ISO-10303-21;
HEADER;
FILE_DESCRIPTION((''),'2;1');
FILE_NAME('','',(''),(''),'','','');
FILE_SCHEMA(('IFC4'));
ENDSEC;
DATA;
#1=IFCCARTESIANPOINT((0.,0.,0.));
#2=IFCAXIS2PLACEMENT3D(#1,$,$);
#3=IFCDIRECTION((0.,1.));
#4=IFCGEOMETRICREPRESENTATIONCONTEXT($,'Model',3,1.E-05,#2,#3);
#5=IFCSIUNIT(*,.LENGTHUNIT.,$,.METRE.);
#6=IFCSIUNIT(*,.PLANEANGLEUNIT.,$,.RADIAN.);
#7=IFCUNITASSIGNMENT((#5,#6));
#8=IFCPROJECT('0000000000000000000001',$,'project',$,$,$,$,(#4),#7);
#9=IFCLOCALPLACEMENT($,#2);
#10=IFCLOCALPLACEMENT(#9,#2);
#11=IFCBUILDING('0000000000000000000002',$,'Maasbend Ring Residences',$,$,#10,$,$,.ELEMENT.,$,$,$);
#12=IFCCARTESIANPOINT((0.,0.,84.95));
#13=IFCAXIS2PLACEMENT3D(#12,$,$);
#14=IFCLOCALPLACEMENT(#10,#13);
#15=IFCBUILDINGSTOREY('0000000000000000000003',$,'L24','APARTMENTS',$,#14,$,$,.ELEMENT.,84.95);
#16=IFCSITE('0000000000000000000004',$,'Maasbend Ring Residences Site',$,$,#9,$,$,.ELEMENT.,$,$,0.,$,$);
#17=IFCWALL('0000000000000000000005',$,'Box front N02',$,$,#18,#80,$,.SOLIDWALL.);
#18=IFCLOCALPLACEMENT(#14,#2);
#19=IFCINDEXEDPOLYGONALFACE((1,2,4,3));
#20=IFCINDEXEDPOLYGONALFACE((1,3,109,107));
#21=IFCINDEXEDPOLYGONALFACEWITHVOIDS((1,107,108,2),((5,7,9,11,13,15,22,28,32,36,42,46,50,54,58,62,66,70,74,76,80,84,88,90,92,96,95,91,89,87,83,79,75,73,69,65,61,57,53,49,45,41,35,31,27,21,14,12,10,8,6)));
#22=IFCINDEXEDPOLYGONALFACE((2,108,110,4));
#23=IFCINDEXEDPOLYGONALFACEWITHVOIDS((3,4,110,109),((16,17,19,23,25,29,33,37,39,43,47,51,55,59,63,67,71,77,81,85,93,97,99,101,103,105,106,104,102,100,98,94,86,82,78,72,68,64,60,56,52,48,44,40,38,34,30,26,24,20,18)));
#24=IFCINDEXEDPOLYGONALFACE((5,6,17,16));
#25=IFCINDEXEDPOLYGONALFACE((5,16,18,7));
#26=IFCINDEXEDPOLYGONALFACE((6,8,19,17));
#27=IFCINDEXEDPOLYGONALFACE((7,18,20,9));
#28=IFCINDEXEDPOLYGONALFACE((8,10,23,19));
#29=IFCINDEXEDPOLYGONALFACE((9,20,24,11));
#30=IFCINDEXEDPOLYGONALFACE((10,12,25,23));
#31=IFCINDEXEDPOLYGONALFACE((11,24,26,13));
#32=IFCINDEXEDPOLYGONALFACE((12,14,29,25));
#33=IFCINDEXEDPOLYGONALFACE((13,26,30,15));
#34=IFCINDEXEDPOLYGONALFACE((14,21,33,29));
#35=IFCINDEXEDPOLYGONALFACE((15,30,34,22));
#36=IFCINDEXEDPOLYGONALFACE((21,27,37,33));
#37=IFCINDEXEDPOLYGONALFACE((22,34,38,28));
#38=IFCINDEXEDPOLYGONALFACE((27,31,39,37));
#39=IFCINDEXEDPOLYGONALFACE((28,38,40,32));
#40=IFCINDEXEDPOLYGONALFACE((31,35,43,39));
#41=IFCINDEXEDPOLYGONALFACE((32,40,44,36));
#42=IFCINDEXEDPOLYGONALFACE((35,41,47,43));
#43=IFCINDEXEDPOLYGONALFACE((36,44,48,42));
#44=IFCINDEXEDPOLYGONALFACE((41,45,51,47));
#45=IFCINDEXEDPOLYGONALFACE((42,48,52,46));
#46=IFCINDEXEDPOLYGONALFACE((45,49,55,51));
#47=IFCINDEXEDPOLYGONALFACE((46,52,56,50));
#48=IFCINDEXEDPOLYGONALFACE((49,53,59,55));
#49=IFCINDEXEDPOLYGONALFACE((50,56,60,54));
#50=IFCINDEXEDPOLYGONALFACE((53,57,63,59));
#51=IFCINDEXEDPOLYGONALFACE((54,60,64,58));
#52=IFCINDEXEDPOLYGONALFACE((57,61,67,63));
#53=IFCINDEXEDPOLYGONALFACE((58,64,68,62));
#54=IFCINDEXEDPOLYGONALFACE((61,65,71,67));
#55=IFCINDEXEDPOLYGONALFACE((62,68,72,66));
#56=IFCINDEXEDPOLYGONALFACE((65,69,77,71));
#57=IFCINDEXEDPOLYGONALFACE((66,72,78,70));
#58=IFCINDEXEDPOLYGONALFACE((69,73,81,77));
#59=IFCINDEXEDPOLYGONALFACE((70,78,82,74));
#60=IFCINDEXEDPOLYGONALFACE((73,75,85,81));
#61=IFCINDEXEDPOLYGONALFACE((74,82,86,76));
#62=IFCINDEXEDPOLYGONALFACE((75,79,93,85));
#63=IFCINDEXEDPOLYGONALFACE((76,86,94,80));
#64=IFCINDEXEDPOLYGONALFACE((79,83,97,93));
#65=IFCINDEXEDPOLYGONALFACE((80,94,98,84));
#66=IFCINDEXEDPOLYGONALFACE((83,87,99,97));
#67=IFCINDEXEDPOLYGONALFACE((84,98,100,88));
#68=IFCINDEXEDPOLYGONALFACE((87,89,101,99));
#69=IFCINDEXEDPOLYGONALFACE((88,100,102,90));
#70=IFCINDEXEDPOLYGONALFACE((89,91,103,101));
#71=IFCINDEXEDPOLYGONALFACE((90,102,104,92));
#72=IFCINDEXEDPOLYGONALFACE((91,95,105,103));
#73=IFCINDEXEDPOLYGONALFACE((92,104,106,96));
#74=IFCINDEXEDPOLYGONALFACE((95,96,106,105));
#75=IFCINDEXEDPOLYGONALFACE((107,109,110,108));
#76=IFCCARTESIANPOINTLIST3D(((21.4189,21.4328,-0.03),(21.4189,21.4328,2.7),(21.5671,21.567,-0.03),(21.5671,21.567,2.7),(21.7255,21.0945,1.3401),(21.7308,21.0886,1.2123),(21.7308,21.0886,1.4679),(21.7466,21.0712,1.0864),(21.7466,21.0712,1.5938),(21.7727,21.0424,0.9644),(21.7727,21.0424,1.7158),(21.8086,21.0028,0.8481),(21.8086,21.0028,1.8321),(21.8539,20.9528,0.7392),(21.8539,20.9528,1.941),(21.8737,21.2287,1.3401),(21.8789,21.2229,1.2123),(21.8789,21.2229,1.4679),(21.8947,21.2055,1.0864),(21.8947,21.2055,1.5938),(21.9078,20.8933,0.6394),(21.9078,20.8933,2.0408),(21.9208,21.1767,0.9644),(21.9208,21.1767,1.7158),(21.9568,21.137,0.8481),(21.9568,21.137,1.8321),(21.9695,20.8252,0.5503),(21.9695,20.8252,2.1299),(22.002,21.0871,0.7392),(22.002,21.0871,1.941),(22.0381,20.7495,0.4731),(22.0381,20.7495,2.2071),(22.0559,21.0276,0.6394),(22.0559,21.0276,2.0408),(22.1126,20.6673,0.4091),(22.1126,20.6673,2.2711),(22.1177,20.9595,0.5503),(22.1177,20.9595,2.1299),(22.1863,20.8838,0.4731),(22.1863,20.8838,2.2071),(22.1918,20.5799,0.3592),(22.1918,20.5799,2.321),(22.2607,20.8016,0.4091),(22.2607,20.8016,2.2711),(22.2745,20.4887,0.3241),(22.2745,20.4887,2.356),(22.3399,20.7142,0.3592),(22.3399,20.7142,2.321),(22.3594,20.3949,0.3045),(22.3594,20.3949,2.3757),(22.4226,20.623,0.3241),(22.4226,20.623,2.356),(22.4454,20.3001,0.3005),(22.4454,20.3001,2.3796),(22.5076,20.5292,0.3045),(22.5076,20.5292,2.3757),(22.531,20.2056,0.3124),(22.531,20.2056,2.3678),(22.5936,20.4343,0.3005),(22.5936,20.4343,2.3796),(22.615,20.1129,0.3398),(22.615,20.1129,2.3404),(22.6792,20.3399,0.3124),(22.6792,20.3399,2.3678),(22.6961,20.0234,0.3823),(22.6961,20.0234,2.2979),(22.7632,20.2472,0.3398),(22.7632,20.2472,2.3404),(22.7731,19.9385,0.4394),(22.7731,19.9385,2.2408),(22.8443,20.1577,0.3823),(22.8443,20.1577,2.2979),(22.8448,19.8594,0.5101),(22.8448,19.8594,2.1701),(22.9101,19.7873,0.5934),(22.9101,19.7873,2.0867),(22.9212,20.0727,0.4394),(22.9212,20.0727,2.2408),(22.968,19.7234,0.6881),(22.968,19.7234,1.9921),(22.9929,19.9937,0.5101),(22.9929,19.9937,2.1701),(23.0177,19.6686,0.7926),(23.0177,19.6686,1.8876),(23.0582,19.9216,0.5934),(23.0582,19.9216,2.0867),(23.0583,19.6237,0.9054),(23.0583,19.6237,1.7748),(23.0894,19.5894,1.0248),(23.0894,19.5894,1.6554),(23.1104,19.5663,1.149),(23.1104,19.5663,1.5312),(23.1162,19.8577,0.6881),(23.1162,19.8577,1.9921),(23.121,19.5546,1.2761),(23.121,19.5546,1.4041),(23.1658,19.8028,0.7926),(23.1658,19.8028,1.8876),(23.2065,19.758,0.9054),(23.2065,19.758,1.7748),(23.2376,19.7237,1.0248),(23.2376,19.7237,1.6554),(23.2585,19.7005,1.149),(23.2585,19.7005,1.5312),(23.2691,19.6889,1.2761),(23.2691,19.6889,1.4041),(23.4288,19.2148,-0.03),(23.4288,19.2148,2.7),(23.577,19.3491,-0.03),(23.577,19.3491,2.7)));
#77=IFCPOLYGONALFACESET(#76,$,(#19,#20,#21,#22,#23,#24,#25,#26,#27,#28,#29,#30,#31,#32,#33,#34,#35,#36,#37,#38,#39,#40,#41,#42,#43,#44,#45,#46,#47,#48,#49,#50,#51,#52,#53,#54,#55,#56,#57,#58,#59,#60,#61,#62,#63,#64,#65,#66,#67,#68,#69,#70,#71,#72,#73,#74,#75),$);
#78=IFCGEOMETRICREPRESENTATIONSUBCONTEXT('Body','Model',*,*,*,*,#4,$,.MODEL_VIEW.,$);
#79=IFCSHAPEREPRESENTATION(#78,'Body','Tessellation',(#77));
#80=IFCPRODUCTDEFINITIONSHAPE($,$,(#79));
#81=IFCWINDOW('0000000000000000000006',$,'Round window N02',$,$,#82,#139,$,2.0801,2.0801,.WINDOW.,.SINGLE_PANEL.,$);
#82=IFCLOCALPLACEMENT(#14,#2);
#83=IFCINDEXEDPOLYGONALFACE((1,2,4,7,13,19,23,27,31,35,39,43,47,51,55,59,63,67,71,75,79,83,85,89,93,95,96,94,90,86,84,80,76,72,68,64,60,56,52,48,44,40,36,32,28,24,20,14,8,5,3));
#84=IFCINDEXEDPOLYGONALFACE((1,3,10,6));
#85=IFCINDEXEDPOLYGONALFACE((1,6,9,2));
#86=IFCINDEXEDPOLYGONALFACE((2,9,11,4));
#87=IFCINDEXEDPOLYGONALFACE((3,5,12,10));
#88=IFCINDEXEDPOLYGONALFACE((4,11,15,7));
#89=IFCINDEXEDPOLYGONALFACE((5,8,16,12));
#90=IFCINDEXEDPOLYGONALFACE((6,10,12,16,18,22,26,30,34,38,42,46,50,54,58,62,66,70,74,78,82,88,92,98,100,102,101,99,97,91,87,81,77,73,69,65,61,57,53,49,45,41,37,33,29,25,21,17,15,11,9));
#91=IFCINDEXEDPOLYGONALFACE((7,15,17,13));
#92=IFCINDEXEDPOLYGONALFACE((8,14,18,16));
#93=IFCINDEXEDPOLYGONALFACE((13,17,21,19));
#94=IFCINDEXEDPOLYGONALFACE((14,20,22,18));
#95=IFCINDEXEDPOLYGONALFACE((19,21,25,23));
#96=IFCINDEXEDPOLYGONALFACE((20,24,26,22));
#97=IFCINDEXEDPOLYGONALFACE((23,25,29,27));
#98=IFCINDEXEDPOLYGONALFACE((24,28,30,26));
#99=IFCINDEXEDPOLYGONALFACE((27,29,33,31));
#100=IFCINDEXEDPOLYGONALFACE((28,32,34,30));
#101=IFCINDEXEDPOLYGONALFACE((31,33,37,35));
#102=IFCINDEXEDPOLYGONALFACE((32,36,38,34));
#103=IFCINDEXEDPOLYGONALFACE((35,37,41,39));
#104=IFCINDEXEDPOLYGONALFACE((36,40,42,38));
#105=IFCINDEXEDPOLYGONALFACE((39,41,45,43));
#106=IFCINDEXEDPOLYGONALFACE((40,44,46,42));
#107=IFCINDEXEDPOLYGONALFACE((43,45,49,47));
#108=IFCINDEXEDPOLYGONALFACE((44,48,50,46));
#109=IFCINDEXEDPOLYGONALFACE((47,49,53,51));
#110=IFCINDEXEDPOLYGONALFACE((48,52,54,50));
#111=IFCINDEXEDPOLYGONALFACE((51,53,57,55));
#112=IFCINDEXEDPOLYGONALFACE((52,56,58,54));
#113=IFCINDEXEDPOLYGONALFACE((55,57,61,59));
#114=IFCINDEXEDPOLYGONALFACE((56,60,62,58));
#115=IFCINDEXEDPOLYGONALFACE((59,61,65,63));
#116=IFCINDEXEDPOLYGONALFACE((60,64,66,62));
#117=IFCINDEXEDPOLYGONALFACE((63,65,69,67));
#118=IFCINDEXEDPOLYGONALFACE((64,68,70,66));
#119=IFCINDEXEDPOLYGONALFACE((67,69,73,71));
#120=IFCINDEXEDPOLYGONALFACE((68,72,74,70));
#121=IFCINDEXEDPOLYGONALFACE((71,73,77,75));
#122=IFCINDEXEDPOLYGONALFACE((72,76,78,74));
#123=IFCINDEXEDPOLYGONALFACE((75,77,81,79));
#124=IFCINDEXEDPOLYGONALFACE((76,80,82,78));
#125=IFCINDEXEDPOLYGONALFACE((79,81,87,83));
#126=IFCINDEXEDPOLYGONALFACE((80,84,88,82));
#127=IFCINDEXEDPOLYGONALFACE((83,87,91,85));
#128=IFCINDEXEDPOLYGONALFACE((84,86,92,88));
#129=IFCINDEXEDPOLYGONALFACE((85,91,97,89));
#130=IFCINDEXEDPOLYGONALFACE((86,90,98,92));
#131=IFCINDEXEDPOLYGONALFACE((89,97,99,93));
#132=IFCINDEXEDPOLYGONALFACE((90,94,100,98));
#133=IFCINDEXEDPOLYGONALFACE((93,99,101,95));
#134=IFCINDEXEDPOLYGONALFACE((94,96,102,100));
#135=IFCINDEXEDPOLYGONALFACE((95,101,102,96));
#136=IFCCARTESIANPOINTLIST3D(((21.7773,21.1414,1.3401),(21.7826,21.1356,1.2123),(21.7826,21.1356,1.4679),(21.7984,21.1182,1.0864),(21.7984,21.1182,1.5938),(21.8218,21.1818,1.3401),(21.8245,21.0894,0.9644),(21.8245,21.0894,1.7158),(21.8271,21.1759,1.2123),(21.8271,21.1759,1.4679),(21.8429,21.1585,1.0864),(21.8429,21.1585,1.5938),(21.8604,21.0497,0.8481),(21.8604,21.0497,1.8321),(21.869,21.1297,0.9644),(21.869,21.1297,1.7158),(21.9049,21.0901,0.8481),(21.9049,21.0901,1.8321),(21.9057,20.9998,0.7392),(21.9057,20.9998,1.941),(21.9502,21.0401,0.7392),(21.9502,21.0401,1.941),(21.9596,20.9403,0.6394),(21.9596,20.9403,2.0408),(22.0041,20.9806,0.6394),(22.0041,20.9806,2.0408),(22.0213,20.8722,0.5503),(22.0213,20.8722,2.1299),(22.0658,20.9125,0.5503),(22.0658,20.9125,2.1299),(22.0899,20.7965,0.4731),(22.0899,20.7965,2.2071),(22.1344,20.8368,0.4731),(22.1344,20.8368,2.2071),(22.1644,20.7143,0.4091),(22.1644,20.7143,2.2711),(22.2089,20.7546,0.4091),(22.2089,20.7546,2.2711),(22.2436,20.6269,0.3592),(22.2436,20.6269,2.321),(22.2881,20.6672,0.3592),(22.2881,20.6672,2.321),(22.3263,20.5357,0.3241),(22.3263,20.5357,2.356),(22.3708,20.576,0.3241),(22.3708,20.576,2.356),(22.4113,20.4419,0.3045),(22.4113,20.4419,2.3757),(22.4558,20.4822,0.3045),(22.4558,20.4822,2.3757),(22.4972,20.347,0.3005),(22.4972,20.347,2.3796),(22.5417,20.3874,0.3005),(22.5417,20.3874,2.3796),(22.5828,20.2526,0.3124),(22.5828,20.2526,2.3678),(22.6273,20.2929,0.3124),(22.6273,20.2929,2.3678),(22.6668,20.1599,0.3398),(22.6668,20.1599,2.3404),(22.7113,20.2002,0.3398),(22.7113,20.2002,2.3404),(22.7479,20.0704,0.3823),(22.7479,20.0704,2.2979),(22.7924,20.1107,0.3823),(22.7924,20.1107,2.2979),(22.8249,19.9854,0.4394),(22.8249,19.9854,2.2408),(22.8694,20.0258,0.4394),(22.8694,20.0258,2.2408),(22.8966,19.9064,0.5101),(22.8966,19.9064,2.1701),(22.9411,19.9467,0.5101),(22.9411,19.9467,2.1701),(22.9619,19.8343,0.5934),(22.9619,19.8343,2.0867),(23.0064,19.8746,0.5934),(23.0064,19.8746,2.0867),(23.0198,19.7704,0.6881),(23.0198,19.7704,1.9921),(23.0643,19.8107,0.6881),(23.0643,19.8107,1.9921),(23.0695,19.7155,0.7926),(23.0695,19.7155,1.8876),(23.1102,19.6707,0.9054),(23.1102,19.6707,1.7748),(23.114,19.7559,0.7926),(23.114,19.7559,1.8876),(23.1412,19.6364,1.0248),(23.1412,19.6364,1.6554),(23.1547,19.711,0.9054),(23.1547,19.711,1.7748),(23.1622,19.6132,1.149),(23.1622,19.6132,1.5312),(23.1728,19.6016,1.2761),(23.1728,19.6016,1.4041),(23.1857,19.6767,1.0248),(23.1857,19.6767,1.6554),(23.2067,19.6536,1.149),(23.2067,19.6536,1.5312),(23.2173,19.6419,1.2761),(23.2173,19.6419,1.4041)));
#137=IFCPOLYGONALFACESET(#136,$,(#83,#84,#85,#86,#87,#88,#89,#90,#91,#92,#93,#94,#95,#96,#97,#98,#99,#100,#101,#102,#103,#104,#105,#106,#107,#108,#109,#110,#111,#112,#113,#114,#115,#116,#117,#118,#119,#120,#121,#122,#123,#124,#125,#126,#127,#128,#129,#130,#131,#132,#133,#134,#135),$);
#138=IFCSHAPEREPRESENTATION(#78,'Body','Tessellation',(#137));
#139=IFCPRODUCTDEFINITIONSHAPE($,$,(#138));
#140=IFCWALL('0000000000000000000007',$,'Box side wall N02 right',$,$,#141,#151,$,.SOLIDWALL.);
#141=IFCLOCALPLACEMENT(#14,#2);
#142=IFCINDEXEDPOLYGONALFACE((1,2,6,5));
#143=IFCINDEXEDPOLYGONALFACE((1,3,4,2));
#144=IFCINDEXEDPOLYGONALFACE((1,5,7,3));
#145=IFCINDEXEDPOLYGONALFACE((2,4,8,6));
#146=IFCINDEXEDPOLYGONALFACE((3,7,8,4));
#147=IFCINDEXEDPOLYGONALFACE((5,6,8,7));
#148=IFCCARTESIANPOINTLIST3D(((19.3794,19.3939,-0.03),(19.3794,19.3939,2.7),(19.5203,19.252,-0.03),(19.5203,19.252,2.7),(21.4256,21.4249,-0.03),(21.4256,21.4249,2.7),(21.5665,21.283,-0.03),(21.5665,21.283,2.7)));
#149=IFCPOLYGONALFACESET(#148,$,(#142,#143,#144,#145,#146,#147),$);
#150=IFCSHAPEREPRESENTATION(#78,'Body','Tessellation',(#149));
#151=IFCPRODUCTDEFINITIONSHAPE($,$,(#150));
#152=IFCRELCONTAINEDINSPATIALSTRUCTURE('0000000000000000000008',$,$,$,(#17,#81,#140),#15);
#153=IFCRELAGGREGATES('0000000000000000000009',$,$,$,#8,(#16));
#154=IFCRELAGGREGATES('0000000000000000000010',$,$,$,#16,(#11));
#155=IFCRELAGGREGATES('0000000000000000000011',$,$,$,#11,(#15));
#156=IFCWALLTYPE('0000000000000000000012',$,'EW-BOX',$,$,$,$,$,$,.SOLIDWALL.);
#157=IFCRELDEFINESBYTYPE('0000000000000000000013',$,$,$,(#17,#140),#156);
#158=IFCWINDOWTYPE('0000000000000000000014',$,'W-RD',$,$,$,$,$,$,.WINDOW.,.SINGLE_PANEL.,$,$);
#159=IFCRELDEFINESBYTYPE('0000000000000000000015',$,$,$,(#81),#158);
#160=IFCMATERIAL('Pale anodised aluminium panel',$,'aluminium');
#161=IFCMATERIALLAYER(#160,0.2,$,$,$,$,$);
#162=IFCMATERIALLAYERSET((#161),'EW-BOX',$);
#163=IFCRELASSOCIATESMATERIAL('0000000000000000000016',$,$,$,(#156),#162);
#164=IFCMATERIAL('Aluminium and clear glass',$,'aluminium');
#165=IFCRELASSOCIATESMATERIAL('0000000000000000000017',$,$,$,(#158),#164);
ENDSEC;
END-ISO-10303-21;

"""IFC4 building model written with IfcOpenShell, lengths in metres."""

from ifc_helpers import new_model, si_unit, direction, frame, frame_2d, origin, place, context, subcontext, project, spatial, rectangle, circle, extrude, material, layer, layer_set, type_object, element, fill, save


model = new_model("IFC4")

# Units and contexts
model_context = context("Model", 3, precision=1e-05, world=origin(), true_north=direction((0.0, 1.0)))
body_context = subcontext(model_context, "Body", "Model", "MODEL_VIEW")
ifc_project = project(units=[si_unit("LENGTHUNIT", "METRE"), si_unit("PLANEANGLEUNIT", "RADIAN")], contexts=[model_context])

# Site, building, storey
site_placement = place(None, origin())
site = spatial("IfcSite", under=ifc_project, at=site_placement, Name="Maasbend Ring Residences Site", CompositionType="ELEMENT", RefElevation=0.0)
building_placement = place(site_placement, origin())
building = spatial("IfcBuilding", under=site, at=building_placement, Name="Maasbend Ring Residences", CompositionType="ELEMENT")
storey_placement = place(building_placement, frame((0.0, 0.0, 84.95)))
storey = spatial("IfcBuildingStorey", under=building, at=storey_placement, Name="L24", Description="APARTMENTS", CompositionType="ELEMENT", Elevation=84.95)

# Wall, opening, window
ifc_material_1 = material(Name="Pale anodised aluminium panel", Category="aluminium")
ifc_layer_1 = layer(ifc_material_1, 0.2)
ifc_layer_set_1 = layer_set([ifc_layer_1], Name="EW-BOX")
wall_type_1 = type_object("IfcWallType", Name="EW-BOX", PredefinedType="SOLIDWALL", material=ifc_layer_set_1)
wall_1_placement = place(storey_placement, frame((23.5029, 19.282, -0.03), z_axis=(0.0, 0.0, 1.0), x_axis=(-0.671507, 0.740998, 0.0)))
wall_1 = element("IfcWall", 1, at=wall_1_placement, inside=storey, type_object=wall_type_1, Name="Box front N02", PredefinedType="SOLIDWALL", context=body_context, shape_type="SweptSolid", body=[
    extrude(rectangle(XDim=2.9932, YDim=0.2, at=frame_2d((1.4966, 0.0))), origin(), (0.0, 0.0, 1.0), 2.73),
])
opening_1_placement = place(wall_1_placement, frame((0.4565, 0.0, 0.3301)))
opening_1 = element("IfcOpeningElement", 2, at=opening_1_placement, cuts=wall_1, PredefinedType="OPENING", context=body_context, shape_type="SweptSolid", body=[
    extrude(circle(Radius=1.04, at=frame_2d((1.04, 1.04))), frame((0.0, 0.1099, 0.0), z_axis=(0.0, -1.0, 0.0), x_axis=(1.0, 0.0, 0.0)), (0.0, 0.0, 1.0), 0.22),
])
ifc_material_2 = material(Name="Aluminium and clear glass", Category="aluminium")
window_type_1 = type_object("IfcWindowType", Name="W-RD", PartitioningType="SINGLE_PANEL", PredefinedType="WINDOW", material=ifc_material_2)
window_1_placement = place(opening_1_placement, origin())
window_1 = element("IfcWindow", 3, at=window_1_placement, inside=storey, type_object=window_type_1, Name="Round window N02", OverallHeight=2.0801, OverallWidth=2.0801, PartitioningType="SINGLE_PANEL", PredefinedType="WINDOW", context=body_context, shape_type="SweptSolid", body=[
    extrude(circle(Radius=1.04, at=frame_2d((1.04, 1.04))), frame((0.0, 0.03, 0.0), z_axis=(0.0, -1.0, 0.0), x_axis=(1.0, 0.0, 0.0)), (0.0, 0.0, 1.0), 0.0601),
])
fill(opening_1, window_1)

# Wall
wall_2_placement = place(storey_placement, frame((19.45, 19.323, -0.03), z_axis=(0.0, 0.0, 1.0), x_axis=(0.709727, 0.704477, 0.0)))
element("IfcWall", 4, at=wall_2_placement, inside=storey, type_object=wall_type_1, Name="Box side wall N02 right", PredefinedType="SOLIDWALL", context=body_context, shape_type="SweptSolid", body=[
    extrude(rectangle(XDim=2.8831, YDim=0.2, at=frame_2d((1.4414, 0.0))), origin(), (0.0, 0.0, 1.0), 2.73),
])

save(model, "model.ifc")
